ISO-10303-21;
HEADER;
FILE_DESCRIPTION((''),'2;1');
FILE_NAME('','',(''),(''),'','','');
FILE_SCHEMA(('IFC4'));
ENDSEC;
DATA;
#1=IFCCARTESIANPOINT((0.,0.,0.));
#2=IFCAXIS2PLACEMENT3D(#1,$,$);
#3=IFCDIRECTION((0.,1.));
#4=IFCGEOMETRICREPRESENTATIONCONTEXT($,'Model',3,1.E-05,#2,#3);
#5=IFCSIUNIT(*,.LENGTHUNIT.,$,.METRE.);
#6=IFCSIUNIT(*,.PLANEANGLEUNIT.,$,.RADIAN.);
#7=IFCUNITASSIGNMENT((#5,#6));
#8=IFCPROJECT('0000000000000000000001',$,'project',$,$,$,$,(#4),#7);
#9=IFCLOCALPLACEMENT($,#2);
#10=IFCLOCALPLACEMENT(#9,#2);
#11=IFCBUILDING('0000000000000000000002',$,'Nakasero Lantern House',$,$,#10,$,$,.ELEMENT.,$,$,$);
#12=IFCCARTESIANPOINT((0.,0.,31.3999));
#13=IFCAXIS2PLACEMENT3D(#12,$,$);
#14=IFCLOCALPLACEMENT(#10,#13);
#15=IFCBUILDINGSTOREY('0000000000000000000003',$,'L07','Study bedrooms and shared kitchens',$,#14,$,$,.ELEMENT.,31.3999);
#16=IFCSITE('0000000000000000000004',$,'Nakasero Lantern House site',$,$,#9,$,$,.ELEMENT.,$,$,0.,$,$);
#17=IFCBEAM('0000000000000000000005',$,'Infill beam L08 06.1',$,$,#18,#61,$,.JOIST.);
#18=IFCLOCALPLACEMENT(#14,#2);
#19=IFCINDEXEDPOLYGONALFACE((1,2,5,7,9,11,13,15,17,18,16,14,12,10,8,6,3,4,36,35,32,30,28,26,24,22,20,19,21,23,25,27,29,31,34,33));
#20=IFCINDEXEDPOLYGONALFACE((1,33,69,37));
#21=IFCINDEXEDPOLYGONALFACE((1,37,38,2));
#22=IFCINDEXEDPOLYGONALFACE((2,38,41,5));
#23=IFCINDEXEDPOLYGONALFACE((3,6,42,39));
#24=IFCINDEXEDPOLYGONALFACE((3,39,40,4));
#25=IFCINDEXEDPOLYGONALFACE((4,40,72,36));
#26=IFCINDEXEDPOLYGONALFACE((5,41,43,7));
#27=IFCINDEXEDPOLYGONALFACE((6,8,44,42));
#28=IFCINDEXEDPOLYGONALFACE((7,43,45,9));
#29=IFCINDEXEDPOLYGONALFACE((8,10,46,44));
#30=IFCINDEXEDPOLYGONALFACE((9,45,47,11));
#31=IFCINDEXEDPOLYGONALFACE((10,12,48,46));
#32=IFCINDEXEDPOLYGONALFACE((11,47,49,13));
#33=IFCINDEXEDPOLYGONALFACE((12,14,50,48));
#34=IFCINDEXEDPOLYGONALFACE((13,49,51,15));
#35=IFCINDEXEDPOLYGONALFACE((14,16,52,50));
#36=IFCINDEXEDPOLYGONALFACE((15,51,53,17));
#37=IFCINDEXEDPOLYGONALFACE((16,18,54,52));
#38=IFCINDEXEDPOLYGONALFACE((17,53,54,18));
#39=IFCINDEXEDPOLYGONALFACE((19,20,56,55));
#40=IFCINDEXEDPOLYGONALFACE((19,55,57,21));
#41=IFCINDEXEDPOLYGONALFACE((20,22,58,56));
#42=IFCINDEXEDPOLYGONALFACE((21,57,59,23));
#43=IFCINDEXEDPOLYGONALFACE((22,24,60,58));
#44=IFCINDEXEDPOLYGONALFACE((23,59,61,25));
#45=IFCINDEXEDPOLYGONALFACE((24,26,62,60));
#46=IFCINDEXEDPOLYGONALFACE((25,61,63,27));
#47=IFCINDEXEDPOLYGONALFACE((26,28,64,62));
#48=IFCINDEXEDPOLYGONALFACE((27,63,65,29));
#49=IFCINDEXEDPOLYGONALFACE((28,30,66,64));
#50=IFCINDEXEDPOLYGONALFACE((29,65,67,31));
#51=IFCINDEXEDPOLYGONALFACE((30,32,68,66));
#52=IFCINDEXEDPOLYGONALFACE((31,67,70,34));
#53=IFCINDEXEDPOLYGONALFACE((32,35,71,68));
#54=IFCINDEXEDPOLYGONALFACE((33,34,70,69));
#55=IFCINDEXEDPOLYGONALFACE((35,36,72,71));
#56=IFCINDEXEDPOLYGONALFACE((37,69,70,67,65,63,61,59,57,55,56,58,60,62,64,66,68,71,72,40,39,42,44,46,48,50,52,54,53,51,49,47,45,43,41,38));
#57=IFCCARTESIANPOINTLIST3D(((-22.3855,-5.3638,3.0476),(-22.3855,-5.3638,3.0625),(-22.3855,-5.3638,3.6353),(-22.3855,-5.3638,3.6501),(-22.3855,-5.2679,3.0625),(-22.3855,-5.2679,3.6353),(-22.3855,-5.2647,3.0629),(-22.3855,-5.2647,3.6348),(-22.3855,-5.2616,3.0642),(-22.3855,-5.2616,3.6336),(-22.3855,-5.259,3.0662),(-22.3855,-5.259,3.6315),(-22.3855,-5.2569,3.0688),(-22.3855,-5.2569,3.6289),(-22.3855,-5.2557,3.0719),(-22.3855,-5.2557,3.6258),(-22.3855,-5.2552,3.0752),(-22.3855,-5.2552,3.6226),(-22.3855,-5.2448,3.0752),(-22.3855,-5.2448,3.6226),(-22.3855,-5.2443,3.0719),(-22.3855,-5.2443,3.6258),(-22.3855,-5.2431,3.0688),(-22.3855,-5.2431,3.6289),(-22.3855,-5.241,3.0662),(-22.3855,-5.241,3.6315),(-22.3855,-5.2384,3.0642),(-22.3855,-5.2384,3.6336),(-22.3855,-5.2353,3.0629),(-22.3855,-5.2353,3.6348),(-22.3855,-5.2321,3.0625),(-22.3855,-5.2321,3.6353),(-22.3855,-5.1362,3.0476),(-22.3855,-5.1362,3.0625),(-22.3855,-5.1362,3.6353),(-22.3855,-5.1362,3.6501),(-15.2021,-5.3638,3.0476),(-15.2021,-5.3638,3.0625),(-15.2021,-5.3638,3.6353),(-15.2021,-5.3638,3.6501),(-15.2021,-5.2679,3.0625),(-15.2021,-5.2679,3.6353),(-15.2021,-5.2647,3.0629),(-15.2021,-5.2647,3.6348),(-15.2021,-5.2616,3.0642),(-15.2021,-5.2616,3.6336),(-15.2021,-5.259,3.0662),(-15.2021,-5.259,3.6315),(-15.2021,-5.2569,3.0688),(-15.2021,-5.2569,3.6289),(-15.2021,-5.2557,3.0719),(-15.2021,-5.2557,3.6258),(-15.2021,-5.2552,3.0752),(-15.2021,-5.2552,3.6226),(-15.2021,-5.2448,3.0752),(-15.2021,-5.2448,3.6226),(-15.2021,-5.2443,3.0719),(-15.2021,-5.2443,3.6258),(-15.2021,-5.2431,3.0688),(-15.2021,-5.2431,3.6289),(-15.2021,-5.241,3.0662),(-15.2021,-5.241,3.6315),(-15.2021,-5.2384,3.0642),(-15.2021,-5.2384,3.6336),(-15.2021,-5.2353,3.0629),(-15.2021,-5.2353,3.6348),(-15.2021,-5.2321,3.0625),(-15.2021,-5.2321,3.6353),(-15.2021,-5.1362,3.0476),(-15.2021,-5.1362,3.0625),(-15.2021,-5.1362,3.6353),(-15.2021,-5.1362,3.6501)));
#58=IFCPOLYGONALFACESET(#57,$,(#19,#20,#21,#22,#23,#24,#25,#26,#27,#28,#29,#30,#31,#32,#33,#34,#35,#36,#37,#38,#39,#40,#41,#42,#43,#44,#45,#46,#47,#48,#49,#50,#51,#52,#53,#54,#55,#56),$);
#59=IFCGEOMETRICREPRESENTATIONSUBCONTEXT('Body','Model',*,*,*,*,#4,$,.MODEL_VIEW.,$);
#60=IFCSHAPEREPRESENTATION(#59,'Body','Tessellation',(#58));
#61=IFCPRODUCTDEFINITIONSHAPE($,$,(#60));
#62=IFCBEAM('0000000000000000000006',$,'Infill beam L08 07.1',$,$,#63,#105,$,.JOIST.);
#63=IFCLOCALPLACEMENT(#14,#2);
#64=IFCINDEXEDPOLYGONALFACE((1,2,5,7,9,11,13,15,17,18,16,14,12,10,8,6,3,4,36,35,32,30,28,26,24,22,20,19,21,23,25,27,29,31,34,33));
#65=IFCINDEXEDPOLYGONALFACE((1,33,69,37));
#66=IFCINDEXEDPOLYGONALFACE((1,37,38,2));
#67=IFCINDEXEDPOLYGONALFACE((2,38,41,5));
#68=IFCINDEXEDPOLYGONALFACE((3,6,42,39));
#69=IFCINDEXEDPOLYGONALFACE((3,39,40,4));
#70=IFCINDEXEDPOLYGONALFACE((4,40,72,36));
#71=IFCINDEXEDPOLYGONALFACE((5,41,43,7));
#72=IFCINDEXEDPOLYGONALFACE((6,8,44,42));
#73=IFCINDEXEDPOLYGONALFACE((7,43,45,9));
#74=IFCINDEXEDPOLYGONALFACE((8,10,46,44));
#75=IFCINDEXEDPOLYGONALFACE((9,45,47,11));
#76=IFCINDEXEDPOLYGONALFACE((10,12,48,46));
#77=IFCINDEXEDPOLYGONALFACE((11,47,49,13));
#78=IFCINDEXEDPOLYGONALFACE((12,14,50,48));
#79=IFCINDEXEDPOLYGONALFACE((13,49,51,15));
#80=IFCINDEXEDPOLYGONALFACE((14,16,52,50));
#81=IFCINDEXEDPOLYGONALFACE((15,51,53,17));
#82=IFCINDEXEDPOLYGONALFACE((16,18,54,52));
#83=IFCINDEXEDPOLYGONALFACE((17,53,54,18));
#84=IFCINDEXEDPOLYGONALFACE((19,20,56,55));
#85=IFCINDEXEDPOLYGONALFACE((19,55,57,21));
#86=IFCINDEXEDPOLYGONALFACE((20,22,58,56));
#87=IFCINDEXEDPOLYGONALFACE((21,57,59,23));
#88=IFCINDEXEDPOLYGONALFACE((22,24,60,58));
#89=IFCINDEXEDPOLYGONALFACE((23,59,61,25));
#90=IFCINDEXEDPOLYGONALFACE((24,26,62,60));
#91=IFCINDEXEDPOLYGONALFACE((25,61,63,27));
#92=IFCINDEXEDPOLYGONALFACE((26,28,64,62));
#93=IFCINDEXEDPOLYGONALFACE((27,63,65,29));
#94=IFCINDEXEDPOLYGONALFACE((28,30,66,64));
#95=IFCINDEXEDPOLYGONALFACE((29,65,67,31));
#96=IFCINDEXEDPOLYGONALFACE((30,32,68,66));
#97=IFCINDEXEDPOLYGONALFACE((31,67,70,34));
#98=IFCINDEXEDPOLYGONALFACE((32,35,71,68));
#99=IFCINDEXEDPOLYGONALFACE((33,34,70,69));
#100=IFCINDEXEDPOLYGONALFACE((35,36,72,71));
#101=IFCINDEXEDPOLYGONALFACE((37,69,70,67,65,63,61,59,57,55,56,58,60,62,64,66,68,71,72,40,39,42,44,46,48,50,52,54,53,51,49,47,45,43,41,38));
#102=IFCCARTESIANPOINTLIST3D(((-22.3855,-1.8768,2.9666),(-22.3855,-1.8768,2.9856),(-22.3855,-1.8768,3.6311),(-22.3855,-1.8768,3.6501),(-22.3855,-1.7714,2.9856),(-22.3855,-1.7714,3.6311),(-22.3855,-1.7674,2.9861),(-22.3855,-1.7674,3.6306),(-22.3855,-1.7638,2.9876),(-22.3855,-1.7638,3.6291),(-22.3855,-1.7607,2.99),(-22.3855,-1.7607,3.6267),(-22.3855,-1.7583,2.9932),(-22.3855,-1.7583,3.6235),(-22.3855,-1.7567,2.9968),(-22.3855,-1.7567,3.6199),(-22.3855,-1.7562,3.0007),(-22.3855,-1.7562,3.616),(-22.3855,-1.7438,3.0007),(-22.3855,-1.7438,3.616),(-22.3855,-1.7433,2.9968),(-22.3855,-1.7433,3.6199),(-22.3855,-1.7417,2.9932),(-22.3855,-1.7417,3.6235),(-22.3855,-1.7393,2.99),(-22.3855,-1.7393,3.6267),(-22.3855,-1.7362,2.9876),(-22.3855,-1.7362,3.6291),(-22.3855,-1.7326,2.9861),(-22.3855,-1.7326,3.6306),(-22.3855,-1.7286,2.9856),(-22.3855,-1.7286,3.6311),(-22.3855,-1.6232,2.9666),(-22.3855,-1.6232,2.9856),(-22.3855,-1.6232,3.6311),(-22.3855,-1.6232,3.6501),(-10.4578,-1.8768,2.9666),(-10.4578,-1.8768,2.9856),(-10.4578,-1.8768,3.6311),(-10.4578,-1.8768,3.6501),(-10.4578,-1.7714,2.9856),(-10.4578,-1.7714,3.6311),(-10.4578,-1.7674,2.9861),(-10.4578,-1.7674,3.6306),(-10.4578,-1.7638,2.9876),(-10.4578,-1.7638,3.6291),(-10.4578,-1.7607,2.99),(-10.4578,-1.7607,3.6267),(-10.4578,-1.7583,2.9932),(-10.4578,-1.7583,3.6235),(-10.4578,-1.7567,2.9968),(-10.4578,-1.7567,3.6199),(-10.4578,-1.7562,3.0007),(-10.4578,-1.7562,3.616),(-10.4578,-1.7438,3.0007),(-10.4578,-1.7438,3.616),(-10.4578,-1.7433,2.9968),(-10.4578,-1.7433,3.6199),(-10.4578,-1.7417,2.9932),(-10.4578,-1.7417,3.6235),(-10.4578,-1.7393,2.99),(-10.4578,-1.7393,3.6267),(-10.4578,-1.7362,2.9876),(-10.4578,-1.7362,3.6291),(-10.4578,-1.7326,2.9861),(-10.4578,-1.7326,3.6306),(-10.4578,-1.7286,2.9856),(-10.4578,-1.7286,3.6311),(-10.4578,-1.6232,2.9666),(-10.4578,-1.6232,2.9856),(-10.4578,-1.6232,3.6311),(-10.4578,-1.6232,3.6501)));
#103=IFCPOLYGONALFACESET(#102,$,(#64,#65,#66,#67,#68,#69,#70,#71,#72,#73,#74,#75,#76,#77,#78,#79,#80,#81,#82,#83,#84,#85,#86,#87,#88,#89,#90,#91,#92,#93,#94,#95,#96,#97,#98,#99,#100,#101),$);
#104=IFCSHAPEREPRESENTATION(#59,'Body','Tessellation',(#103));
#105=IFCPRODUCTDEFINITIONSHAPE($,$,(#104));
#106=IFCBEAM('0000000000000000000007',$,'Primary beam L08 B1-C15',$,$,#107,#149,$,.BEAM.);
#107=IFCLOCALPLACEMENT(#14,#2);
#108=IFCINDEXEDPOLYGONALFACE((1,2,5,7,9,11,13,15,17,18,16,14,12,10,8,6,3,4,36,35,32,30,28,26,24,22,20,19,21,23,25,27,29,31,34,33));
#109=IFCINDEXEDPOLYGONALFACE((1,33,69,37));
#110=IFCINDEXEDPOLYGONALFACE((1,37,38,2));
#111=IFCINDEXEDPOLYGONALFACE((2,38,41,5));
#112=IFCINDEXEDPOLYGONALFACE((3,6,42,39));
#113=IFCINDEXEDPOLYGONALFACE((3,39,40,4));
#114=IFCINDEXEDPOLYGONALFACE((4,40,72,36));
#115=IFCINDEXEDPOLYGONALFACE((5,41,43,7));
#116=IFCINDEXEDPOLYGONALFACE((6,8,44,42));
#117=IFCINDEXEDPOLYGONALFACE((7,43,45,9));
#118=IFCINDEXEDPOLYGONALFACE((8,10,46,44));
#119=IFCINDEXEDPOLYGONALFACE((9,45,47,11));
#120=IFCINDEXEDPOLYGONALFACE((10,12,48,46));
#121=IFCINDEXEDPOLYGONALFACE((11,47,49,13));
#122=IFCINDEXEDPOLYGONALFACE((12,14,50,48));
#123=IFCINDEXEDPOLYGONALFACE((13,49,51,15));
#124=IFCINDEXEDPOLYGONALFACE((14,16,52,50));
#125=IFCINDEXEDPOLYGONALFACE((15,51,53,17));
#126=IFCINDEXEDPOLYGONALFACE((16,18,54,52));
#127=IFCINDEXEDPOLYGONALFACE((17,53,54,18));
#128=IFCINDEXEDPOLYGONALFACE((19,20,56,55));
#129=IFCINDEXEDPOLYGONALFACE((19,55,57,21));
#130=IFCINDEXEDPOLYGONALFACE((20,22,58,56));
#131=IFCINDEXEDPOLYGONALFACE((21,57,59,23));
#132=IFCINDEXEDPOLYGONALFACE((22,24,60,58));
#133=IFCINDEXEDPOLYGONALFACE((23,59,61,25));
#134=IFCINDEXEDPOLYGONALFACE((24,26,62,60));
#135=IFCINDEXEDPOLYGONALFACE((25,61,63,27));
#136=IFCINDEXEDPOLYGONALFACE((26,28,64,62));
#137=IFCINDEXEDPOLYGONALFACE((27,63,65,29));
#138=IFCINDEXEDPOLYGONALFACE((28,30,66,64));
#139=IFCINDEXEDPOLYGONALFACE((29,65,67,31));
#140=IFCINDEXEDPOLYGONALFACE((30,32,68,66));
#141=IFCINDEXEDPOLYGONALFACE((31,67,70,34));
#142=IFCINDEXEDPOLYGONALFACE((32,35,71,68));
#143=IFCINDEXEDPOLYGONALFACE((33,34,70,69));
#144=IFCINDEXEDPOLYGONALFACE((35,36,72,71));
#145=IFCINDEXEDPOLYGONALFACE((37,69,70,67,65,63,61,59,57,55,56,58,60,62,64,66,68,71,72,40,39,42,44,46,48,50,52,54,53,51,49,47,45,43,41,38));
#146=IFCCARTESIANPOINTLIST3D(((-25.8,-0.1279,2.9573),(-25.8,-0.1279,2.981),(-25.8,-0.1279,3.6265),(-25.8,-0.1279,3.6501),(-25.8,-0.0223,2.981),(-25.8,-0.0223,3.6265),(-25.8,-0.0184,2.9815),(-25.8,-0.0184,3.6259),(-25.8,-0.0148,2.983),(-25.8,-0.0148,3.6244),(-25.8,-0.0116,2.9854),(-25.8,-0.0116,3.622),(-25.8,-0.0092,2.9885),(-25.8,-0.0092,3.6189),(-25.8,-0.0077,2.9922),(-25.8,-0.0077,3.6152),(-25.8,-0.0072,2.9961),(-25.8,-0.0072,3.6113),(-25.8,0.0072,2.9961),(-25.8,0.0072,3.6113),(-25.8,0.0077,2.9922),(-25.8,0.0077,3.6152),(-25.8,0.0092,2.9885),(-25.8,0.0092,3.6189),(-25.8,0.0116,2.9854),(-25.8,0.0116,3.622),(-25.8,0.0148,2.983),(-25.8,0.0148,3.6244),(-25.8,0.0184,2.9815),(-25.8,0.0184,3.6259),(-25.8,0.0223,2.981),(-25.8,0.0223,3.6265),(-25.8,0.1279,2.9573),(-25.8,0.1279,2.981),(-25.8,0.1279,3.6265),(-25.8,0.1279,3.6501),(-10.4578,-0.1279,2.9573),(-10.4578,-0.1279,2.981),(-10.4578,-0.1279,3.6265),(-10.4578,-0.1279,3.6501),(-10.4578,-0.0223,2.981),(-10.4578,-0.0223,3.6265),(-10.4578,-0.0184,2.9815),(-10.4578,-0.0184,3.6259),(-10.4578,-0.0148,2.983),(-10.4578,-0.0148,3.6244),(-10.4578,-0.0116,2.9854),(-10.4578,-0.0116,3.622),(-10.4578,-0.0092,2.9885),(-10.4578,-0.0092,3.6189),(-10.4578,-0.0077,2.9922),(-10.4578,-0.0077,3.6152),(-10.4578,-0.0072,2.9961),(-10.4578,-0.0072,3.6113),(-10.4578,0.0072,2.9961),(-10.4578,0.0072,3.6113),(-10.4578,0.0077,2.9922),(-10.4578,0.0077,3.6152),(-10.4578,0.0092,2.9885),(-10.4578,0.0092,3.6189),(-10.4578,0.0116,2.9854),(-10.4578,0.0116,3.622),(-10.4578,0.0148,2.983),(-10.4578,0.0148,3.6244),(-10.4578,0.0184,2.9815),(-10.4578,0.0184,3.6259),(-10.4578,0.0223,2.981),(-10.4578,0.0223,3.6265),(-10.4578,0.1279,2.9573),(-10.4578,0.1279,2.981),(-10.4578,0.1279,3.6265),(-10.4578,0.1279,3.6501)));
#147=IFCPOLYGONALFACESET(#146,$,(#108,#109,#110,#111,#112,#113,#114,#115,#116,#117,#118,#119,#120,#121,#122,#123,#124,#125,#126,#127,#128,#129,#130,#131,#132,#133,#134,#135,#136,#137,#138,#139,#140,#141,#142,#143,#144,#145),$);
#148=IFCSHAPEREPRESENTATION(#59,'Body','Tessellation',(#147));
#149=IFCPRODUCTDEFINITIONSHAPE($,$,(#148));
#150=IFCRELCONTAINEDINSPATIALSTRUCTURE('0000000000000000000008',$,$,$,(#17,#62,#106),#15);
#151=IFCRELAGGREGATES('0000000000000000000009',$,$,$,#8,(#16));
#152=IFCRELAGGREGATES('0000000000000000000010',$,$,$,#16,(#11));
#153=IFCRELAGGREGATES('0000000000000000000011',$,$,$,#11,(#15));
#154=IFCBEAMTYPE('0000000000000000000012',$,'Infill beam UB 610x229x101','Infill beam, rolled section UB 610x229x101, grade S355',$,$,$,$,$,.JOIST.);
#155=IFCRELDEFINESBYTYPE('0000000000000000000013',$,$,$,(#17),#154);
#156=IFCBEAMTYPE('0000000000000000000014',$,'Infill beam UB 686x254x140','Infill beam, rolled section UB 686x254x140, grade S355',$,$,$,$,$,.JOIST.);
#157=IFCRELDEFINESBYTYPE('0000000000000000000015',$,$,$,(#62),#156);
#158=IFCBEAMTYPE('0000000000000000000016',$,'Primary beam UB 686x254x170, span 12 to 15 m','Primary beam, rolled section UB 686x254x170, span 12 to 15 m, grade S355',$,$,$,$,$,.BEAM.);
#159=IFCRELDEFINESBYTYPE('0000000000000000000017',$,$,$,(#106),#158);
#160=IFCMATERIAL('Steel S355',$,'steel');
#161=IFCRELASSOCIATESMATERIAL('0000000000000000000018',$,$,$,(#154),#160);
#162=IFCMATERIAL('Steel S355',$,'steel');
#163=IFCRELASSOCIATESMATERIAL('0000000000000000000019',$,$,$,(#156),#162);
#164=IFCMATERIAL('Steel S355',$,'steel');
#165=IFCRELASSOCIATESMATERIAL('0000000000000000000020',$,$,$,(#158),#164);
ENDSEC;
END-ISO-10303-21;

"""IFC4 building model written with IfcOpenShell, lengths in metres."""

from ifc_helpers import new_model, si_unit, direction, frame, origin, origin_2d, place, context, subcontext, project, spatial, i_section, extrude, material, material_profile, profile_set, type_object, element, save


model = new_model("IFC4")

# Units and contexts
model_context = context("Model", 3, precision=1e-05, world=origin(), true_north=direction((0.0, 1.0)))
body_context = subcontext(model_context, "Body", "Model", "MODEL_VIEW")
ifc_project = project(units=[si_unit("LENGTHUNIT", "METRE"), si_unit("PLANEANGLEUNIT", "RADIAN")], contexts=[model_context])

# Site, building, storey
site_placement = place(None, origin())
site = spatial("IfcSite", under=ifc_project, at=site_placement, Name="Nakasero Lantern House site", CompositionType="ELEMENT", RefElevation=0.0)
building_placement = place(site_placement, origin())
building = spatial("IfcBuilding", under=site, at=building_placement, Name="Nakasero Lantern House", CompositionType="ELEMENT")
storey_placement = place(building_placement, frame((0.0, 0.0, 31.3999)))
storey = spatial("IfcBuildingStorey", under=building, at=storey_placement, Name="L07", Description="Study bedrooms and shared kitchens", CompositionType="ELEMENT", Elevation=31.3999)

# Beams
ifc_material_1 = material(Name="Steel S355", Category="steel")
ifc_material_profile_1 = material_profile(ifc_material_1, i_section(OverallWidth=0.2275, OverallDepth=0.6025, WebThickness=0.0105, FlangeThickness=0.0149, FilletRadius=0.0127, at=origin_2d()), Name="UB 610x229x101")
ifc_profile_set_1 = profile_set([ifc_material_profile_1], Name="Steel S355")
beam_type_1 = type_object("IfcBeamType", Name="Infill beam UB 610x229x101", Description="Infill beam, rolled section UB 610x229x101, grade S355", PredefinedType="JOIST", material=ifc_profile_set_1)
beam_1_placement = place(storey_placement, frame((-22.3855, -5.25, 3.3489), z_axis=(1.0, 0.0, 0.0), x_axis=(0.0, 1.0, 0.0)))
element("IfcBeam", 1, at=beam_1_placement, inside=storey, type_object=beam_type_1, Name="Infill beam L08 06.1", PredefinedType="JOIST", context=body_context, shape_type="SweptSolid", body=[
    extrude(i_section(OverallWidth=0.2275, OverallDepth=0.6025, WebThickness=0.0105, FlangeThickness=0.0149, FilletRadius=0.0127, at=origin_2d()), origin(), (0.0, 0.0, 1.0), 7.1833),
])
ifc_material_2 = material(Name="Steel S355", Category="steel")
ifc_material_profile_2 = material_profile(ifc_material_2, i_section(OverallWidth=0.2537, OverallDepth=0.6836, WebThickness=0.0125, FlangeThickness=0.019, FilletRadius=0.0151, at=origin_2d()), Name="UB 686x254x140")
ifc_profile_set_2 = profile_set([ifc_material_profile_2], Name="Steel S355")
beam_type_2 = type_object("IfcBeamType", Name="Infill beam UB 686x254x140", Description="Infill beam, rolled section UB 686x254x140, grade S355", PredefinedType="JOIST", material=ifc_profile_set_2)
beam_2_placement = place(storey_placement, frame((-22.3855, -1.75, 3.3083), z_axis=(1.0, 0.0, 0.0), x_axis=(0.0, 1.0, 0.0)))
element("IfcBeam", 2, at=beam_2_placement, inside=storey, type_object=beam_type_2, Name="Infill beam L08 07.1", PredefinedType="JOIST", context=body_context, shape_type="SweptSolid", body=[
    extrude(i_section(OverallWidth=0.2537, OverallDepth=0.6836, WebThickness=0.0125, FlangeThickness=0.019, FilletRadius=0.0151, at=origin_2d()), origin(), (0.0, 0.0, 1.0), 11.9277),
])
ifc_material_3 = material(Name="Steel S355", Category="steel")
ifc_material_profile_3 = material_profile(ifc_material_3, i_section(OverallWidth=0.2559, OverallDepth=0.6929, WebThickness=0.0144, FlangeThickness=0.0237, FilletRadius=0.0151, at=origin_2d()), Name="UB 686x254x170")
ifc_profile_set_3 = profile_set([ifc_material_profile_3], Name="Steel S355")
beam_type_3 = type_object("IfcBeamType", Name="Primary beam UB 686x254x170, span 12 to 15 m", Description="Primary beam, rolled section UB 686x254x170, span 12 to 15 m, grade S355", PredefinedType="BEAM", material=ifc_profile_set_3)
beam_3_placement = place(storey_placement, frame((-25.8, 0.0, 3.3037), z_axis=(1.0, 0.0, 0.0), x_axis=(0.0, 1.0, 0.0)))
element("IfcBeam", 3, at=beam_3_placement, inside=storey, type_object=beam_type_3, Name="Primary beam L08 B1-C15", PredefinedType="BEAM", context=body_context, shape_type="SweptSolid", body=[
    extrude(i_section(OverallWidth=0.2559, OverallDepth=0.6929, WebThickness=0.0144, FlangeThickness=0.0237, FilletRadius=0.0151, at=origin_2d()), origin(), (0.0, 0.0, 1.0), 15.3423),
])

save(model, "model.ifc")
